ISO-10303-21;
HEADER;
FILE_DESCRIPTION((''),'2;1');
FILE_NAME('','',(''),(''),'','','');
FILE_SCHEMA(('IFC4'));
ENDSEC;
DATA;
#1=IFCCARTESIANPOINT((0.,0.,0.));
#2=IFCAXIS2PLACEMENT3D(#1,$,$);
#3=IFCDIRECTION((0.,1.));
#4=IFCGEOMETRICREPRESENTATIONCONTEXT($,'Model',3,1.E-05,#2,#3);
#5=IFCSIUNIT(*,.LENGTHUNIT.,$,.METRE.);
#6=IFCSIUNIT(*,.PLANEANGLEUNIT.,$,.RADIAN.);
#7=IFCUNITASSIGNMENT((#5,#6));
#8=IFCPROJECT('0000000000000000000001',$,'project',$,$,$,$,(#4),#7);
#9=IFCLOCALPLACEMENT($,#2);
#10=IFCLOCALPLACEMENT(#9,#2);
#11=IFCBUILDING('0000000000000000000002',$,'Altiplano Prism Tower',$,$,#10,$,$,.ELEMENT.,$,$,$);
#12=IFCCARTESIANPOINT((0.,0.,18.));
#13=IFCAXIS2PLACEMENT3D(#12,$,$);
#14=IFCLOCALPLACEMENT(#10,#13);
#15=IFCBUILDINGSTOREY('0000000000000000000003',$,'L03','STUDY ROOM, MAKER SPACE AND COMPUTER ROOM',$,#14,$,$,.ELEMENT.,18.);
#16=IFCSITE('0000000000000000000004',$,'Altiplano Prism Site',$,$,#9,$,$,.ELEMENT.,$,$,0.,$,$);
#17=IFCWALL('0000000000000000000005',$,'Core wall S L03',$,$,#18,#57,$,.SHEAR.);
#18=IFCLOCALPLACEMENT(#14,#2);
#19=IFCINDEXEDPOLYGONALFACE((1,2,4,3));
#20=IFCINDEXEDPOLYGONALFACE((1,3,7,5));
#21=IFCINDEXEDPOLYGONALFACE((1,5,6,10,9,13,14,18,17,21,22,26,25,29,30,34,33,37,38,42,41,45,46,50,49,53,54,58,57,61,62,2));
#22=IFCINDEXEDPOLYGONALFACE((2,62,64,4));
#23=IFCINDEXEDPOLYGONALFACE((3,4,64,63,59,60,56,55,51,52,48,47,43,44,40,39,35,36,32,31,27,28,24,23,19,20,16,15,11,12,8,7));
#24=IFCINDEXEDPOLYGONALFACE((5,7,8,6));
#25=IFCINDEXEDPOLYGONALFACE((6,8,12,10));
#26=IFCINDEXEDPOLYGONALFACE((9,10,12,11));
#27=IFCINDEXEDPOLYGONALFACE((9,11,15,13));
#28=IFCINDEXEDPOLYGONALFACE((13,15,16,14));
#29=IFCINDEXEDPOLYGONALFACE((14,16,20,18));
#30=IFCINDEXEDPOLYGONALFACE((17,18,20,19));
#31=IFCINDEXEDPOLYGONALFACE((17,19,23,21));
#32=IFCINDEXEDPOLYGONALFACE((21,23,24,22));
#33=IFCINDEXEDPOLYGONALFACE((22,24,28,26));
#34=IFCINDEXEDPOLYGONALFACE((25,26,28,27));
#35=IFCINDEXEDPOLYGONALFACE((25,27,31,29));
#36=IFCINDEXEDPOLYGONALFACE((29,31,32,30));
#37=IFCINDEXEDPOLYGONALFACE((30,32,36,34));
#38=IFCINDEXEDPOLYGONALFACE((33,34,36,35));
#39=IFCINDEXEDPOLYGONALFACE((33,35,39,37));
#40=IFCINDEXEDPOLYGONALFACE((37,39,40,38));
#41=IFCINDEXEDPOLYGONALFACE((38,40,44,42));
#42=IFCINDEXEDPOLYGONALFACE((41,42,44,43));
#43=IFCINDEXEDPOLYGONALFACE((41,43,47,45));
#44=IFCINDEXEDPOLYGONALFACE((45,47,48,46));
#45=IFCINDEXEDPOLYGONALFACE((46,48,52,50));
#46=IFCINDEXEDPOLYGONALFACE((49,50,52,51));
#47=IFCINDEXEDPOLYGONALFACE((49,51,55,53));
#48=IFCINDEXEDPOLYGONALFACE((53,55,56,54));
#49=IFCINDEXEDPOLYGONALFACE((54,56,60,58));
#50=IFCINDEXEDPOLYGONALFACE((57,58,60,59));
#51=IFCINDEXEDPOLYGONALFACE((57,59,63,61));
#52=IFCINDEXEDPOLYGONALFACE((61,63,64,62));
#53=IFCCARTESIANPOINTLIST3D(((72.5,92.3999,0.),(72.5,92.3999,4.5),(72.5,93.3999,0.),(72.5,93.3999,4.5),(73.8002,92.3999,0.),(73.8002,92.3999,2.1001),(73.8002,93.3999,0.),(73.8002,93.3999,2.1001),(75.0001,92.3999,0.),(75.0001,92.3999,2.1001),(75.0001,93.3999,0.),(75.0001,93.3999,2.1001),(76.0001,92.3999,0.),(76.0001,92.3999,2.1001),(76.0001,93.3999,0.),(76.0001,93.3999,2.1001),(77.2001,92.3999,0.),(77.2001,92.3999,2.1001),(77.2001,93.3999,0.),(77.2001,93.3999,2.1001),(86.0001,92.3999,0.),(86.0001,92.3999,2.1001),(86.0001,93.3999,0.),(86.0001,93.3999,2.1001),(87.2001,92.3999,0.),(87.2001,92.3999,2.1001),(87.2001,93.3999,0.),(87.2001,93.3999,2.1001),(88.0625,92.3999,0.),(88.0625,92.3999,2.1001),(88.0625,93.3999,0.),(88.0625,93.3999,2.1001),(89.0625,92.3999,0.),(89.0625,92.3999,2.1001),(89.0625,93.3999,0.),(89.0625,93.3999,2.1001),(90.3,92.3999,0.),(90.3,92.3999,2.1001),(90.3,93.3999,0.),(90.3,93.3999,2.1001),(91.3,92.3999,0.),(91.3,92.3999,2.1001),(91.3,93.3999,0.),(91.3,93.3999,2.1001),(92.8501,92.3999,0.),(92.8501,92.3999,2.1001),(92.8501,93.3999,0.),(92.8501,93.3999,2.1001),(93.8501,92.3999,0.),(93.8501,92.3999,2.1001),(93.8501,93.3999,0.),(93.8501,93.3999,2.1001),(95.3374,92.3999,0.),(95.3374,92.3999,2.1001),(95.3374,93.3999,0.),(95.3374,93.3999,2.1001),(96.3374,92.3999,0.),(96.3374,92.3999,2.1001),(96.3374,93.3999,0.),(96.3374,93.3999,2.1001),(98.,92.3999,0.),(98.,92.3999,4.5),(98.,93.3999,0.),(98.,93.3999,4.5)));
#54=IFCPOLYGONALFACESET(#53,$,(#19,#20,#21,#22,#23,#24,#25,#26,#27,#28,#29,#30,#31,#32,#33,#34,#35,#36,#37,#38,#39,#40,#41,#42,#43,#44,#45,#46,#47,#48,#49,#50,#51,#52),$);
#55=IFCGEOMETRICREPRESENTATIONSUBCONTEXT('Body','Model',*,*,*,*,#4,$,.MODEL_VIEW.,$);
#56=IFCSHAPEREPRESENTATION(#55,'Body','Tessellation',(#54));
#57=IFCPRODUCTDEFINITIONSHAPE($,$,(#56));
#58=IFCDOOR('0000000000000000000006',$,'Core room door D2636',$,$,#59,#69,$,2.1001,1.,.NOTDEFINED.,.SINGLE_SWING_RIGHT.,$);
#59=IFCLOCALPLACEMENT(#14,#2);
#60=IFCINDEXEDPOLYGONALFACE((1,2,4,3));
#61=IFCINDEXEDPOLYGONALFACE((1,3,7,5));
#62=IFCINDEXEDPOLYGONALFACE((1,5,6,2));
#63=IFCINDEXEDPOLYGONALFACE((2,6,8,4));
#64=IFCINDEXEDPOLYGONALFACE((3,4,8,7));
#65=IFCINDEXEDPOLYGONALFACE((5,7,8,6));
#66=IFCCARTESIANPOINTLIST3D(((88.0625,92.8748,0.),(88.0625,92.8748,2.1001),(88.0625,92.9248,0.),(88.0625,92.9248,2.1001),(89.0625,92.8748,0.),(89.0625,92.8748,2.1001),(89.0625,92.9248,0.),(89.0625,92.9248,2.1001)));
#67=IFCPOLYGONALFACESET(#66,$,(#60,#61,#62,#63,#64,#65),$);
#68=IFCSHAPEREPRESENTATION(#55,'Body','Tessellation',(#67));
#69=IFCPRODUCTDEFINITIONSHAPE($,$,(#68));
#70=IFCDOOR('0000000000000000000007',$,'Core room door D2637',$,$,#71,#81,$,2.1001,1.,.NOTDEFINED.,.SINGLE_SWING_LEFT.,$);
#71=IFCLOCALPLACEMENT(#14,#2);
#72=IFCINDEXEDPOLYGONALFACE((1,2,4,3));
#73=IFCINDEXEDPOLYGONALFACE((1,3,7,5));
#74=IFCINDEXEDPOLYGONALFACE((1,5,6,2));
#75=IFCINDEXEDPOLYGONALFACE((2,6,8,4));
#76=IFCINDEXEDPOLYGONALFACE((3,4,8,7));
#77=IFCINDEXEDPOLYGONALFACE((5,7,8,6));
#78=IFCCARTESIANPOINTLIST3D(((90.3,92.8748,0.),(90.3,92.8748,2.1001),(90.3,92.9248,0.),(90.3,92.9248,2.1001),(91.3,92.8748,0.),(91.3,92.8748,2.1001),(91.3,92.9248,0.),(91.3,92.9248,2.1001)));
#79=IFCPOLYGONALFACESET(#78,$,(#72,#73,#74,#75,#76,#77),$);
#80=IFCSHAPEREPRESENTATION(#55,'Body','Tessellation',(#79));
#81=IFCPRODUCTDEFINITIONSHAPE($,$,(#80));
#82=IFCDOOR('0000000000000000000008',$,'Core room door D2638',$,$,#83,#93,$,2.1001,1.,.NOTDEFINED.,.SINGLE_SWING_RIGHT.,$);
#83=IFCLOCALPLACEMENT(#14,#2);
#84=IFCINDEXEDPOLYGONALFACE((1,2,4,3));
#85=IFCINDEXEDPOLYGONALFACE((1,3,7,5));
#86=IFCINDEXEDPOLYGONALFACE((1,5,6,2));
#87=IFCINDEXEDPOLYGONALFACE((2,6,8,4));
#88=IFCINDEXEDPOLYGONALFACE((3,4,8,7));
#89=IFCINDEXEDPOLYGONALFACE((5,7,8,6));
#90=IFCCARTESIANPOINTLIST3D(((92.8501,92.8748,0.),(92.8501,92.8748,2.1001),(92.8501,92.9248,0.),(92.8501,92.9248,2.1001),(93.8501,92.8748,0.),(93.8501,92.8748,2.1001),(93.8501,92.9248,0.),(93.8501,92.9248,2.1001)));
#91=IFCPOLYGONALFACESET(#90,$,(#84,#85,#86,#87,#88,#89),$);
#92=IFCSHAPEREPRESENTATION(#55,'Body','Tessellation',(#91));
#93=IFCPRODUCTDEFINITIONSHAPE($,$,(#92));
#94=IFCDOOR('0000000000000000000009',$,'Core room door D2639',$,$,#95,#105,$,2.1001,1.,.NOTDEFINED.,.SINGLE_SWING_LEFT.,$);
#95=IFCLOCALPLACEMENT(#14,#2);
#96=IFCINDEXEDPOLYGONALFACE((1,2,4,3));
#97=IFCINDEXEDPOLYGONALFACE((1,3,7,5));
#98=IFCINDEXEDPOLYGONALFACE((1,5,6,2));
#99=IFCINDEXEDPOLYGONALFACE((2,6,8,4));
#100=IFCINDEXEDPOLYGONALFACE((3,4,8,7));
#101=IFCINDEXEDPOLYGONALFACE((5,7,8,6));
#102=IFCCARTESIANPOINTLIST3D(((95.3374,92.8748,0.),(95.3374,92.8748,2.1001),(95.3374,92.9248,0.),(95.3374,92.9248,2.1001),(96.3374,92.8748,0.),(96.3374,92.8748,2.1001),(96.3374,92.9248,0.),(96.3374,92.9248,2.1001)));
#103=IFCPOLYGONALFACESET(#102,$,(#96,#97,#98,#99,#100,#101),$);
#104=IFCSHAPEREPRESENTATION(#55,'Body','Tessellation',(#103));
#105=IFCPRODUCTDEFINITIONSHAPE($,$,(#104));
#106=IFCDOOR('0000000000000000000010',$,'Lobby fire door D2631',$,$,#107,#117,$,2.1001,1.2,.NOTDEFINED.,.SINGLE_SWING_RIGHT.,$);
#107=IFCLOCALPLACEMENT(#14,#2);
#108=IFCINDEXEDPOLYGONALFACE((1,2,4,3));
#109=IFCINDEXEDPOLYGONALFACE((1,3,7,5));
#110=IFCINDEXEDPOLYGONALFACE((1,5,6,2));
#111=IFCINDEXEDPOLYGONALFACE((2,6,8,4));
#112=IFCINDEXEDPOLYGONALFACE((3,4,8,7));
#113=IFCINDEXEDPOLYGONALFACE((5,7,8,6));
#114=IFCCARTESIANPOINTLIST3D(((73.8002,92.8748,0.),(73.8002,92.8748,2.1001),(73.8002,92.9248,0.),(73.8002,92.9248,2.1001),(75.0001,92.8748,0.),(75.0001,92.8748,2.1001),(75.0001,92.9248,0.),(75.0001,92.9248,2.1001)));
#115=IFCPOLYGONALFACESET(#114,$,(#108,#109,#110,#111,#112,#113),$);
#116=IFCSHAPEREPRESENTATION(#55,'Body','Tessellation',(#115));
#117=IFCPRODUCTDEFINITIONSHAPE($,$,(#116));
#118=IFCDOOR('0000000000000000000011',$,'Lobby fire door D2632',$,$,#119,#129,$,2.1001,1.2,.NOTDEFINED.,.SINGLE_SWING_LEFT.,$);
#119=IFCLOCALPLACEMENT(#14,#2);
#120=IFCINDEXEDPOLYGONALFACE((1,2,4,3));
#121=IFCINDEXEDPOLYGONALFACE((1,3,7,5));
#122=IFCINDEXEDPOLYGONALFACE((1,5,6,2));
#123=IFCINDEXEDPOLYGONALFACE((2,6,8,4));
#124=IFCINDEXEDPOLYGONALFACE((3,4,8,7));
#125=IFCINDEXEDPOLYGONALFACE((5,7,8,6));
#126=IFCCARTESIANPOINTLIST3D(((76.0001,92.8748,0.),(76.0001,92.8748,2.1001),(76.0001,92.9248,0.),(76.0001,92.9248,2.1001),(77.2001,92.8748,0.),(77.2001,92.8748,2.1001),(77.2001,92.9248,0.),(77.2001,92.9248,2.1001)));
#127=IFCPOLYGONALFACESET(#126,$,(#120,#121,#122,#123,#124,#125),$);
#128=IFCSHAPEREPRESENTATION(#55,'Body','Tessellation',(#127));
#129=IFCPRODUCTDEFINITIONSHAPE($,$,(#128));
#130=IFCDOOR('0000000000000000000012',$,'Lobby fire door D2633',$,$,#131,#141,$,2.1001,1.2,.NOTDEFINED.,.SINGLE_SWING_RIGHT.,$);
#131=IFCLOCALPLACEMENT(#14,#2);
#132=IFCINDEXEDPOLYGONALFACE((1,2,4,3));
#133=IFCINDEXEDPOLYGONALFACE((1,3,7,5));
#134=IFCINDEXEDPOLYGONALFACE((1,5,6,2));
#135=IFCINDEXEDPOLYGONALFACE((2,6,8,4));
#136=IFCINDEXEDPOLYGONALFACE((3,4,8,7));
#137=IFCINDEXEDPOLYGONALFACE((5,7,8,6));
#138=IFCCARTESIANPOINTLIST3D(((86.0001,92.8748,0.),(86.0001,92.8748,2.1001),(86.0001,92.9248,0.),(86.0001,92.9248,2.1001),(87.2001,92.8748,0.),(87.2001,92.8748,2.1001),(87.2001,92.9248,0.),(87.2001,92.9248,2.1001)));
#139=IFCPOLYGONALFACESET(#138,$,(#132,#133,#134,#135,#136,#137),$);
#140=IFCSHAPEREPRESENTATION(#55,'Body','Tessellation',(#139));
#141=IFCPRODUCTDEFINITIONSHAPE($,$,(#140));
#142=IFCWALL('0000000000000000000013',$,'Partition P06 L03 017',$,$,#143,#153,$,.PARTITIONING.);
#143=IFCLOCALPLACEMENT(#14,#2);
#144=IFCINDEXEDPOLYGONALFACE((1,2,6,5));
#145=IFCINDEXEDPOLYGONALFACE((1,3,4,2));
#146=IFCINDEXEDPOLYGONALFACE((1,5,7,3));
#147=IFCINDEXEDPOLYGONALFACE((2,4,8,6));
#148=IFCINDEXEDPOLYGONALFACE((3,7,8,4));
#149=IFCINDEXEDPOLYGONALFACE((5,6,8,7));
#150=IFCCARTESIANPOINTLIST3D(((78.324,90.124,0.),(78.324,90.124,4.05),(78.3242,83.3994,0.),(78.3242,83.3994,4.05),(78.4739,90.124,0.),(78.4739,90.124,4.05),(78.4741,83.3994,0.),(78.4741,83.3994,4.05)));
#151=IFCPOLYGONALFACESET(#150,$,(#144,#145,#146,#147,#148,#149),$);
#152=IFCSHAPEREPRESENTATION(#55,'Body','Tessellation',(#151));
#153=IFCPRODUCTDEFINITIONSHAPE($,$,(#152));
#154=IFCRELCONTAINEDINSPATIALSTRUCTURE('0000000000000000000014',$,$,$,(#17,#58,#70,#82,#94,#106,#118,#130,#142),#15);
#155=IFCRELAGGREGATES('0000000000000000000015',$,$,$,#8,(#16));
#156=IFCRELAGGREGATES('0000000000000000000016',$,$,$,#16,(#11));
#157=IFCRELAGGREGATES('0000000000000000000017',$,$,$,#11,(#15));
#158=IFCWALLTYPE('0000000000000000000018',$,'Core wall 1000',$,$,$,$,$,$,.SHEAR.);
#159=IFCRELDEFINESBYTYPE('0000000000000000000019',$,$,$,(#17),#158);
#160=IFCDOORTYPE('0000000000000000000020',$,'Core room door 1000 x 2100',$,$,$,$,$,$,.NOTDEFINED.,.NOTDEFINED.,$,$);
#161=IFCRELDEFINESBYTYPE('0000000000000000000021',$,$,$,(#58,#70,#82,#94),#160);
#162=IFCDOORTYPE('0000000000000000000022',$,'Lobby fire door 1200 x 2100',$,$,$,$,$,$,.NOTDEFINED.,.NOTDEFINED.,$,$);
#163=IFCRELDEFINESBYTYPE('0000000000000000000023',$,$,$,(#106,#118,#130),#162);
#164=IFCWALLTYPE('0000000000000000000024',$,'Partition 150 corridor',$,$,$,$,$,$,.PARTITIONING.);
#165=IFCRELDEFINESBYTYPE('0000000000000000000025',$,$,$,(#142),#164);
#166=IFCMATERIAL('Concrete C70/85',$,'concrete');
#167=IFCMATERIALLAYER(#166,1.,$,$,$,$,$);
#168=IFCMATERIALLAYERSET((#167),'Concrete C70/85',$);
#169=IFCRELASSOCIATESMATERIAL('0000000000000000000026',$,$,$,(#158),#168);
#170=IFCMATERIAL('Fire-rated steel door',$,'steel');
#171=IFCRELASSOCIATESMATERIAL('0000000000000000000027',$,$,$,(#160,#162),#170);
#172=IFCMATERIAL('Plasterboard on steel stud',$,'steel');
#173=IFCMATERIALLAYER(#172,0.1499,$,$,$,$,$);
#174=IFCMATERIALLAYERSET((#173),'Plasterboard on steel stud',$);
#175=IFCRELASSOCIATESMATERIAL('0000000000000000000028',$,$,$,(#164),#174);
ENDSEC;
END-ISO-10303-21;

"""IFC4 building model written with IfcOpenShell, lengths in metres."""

from ifc_helpers import new_model, si_unit, direction, frame, frame_2d, origin, place, context, subcontext, project, spatial, rectangle, extrude, material, layer, layer_set, type_object, element, fill, save


model = new_model("IFC4")

# Units and contexts
model_context = context("Model", 3, precision=1e-05, world=origin(), true_north=direction((0.0, 1.0)))
body_context = subcontext(model_context, "Body", "Model", "MODEL_VIEW")
ifc_project = project(units=[si_unit("LENGTHUNIT", "METRE"), si_unit("PLANEANGLEUNIT", "RADIAN")], contexts=[model_context])

# Site, building, storey
site_placement = place(None, origin())
site = spatial("IfcSite", under=ifc_project, at=site_placement, Name="Altiplano Prism Site", CompositionType="ELEMENT", RefElevation=0.0)
building_placement = place(site_placement, origin())
building = spatial("IfcBuilding", under=site, at=building_placement, Name="Altiplano Prism Tower", CompositionType="ELEMENT")
storey_placement = place(building_placement, frame((0.0, 0.0, 18.0)))
storey = spatial("IfcBuildingStorey", under=building, at=storey_placement, Name="L03", Description="STUDY ROOM, MAKER SPACE AND COMPUTER ROOM", CompositionType="ELEMENT", Elevation=18.0)

# Wall, openings, doors
ifc_material_1 = material(Name="Concrete C70/85", Category="concrete")
ifc_layer_1 = layer(ifc_material_1, 1.0)
ifc_layer_set_1 = layer_set([ifc_layer_1], Name="Concrete C70/85")
wall_type_1 = type_object("IfcWallType", Name="Core wall 1000", PredefinedType="SHEAR", material=ifc_layer_set_1)
wall_1_placement = place(storey_placement, frame((72.5, 92.8999, 0.0), z_axis=(0.0, 0.0, 1.0), x_axis=(1.0, 0.0, 0.0)))
wall_1 = element("IfcWall", 1, at=wall_1_placement, inside=storey, type_object=wall_type_1, Name="Core wall S L03", PredefinedType="SHEAR", context=body_context, shape_type="SweptSolid", body=[
    extrude(rectangle(XDim=25.5, YDim=1.0, at=frame_2d((12.75, 0.0))), origin(), (0.0, 0.0, 1.0), 4.5),
])
opening_1_placement = place(wall_1_placement, frame((1.3, 0.0, 0.0)))
opening_1 = element("IfcOpeningElement", 2, at=opening_1_placement, cuts=wall_1, PredefinedType="OPENING", context=body_context, shape_type="SweptSolid", body=[
    extrude(rectangle(XDim=1.2, YDim=2.1001, at=frame_2d((0.6001, 1.05))), frame((0.0, 0.5105, 0.0), z_axis=(0.0, -1.0, 0.0), x_axis=(1.0, 0.0, 0.0)), (0.0, 0.0, 1.0), 1.021),
])
opening_2_placement = place(wall_1_placement, frame((3.5, 0.0, 0.0)))
opening_2 = element("IfcOpeningElement", 3, at=opening_2_placement, cuts=wall_1, PredefinedType="OPENING", context=body_context, shape_type="SweptSolid", body=[
    extrude(rectangle(XDim=1.2, YDim=2.1001, at=frame_2d((0.6001, 1.05))), frame((0.0, 0.5105, 0.0), z_axis=(0.0, -1.0, 0.0), x_axis=(1.0, 0.0, 0.0)), (0.0, 0.0, 1.0), 1.021),
])
opening_3_placement = place(wall_1_placement, frame((13.5, 0.0, 0.0)))
opening_3 = element("IfcOpeningElement", 4, at=opening_3_placement, cuts=wall_1, PredefinedType="OPENING", context=body_context, shape_type="SweptSolid", body=[
    extrude(rectangle(XDim=1.2, YDim=2.1001, at=frame_2d((0.6001, 1.05))), frame((0.0, 0.5105, 0.0), z_axis=(0.0, -1.0, 0.0), x_axis=(1.0, 0.0, 0.0)), (0.0, 0.0, 1.0), 1.021),
])
opening_4_placement = place(wall_1_placement, frame((15.5625, 0.0, 0.0)))
opening_4 = element("IfcOpeningElement", 5, at=opening_4_placement, cuts=wall_1, PredefinedType="OPENING", context=body_context, shape_type="SweptSolid", body=[
    extrude(rectangle(XDim=1.0, YDim=2.1001, at=frame_2d((0.5, 1.05))), frame((0.0, 0.5105, 0.0), z_axis=(0.0, -1.0, 0.0), x_axis=(1.0, 0.0, 0.0)), (0.0, 0.0, 1.0), 1.021),
])
opening_5_placement = place(wall_1_placement, frame((17.8, 0.0, 0.0)))
opening_5 = element("IfcOpeningElement", 6, at=opening_5_placement, cuts=wall_1, PredefinedType="OPENING", context=body_context, shape_type="SweptSolid", body=[
    extrude(rectangle(XDim=1.0, YDim=2.1001, at=frame_2d((0.5, 1.05))), frame((0.0, 0.5105, 0.0), z_axis=(0.0, -1.0, 0.0), x_axis=(1.0, 0.0, 0.0)), (0.0, 0.0, 1.0), 1.021),
])
opening_6_placement = place(wall_1_placement, frame((20.3501, 0.0, 0.0)))
opening_6 = element("IfcOpeningElement", 7, at=opening_6_placement, cuts=wall_1, PredefinedType="OPENING", context=body_context, shape_type="SweptSolid", body=[
    extrude(rectangle(XDim=1.0, YDim=2.1001, at=frame_2d((0.5, 1.05))), frame((0.0, 0.5105, 0.0), z_axis=(0.0, -1.0, 0.0), x_axis=(1.0, 0.0, 0.0)), (0.0, 0.0, 1.0), 1.021),
])
opening_7_placement = place(wall_1_placement, frame((22.8374, 0.0, 0.0)))
opening_7 = element("IfcOpeningElement", 8, at=opening_7_placement, cuts=wall_1, PredefinedType="OPENING", context=body_context, shape_type="SweptSolid", body=[
    extrude(rectangle(XDim=1.0, YDim=2.1001, at=frame_2d((0.5, 1.05))), frame((0.0, 0.5105, 0.0), z_axis=(0.0, -1.0, 0.0), x_axis=(1.0, 0.0, 0.0)), (0.0, 0.0, 1.0), 1.021),
])
ifc_material_2 = material(Name="Fire-rated steel door", Category="steel")
door_type_1 = type_object("IfcDoorType", Name="Core room door 1000 x 2100", OperationType="NOTDEFINED", PredefinedType="NOTDEFINED", material=ifc_material_2)
door_1_placement = place(opening_4_placement, origin())
door_1 = element("IfcDoor", 9, at=door_1_placement, inside=storey, type_object=door_type_1, Name="Core room door D2636", OperationType="SINGLE_SWING_RIGHT", OverallHeight=2.1001, OverallWidth=1.0, PredefinedType="NOTDEFINED", context=body_context, shape_type="SweptSolid", body=[
    extrude(rectangle(XDim=1.0, YDim=2.1001, at=frame_2d((0.5, 1.05))), frame((0.0, 0.0249, 0.0), z_axis=(0.0, -1.0, 0.0), x_axis=(1.0, 0.0, 0.0)), (0.0, 0.0, 1.0), 0.05),
])
fill(opening_4, door_1)
door_2_placement = place(opening_5_placement, origin())
door_2 = element("IfcDoor", 10, at=door_2_placement, inside=storey, type_object=door_type_1, Name="Core room door D2637", OperationType="SINGLE_SWING_LEFT", OverallHeight=2.1001, OverallWidth=1.0, PredefinedType="NOTDEFINED", context=body_context, shape_type="SweptSolid", body=[
    extrude(rectangle(XDim=1.0, YDim=2.1001, at=frame_2d((0.5, 1.05))), frame((0.0, 0.0249, 0.0), z_axis=(0.0, -1.0, 0.0), x_axis=(1.0, 0.0, 0.0)), (0.0, 0.0, 1.0), 0.05),
])
fill(opening_5, door_2)
door_3_placement = place(opening_6_placement, origin())
door_3 = element("IfcDoor", 11, at=door_3_placement, inside=storey, type_object=door_type_1, Name="Core room door D2638", OperationType="SINGLE_SWING_RIGHT", OverallHeight=2.1001, OverallWidth=1.0, PredefinedType="NOTDEFINED", context=body_context, shape_type="SweptSolid", body=[
    extrude(rectangle(XDim=1.0, YDim=2.1001, at=frame_2d((0.5, 1.05))), frame((0.0, 0.0249, 0.0), z_axis=(0.0, -1.0, 0.0), x_axis=(1.0, 0.0, 0.0)), (0.0, 0.0, 1.0), 0.05),
])
fill(opening_6, door_3)
door_4_placement = place(opening_7_placement, origin())
door_4 = element("IfcDoor", 12, at=door_4_placement, inside=storey, type_object=door_type_1, Name="Core room door D2639", OperationType="SINGLE_SWING_LEFT", OverallHeight=2.1001, OverallWidth=1.0, PredefinedType="NOTDEFINED", context=body_context, shape_type="SweptSolid", body=[
    extrude(rectangle(XDim=1.0, YDim=2.1001, at=frame_2d((0.5, 1.05))), frame((0.0, 0.0249, 0.0), z_axis=(0.0, -1.0, 0.0), x_axis=(1.0, 0.0, 0.0)), (0.0, 0.0, 1.0), 0.05),
])
fill(opening_7, door_4)
door_type_2 = type_object("IfcDoorType", Name="Lobby fire door 1200 x 2100", OperationType="NOTDEFINED", PredefinedType="NOTDEFINED", material=ifc_material_2)
door_5_placement = place(opening_1_placement, origin())
door_5 = element("IfcDoor", 13, at=door_5_placement, inside=storey, type_object=door_type_2, Name="Lobby fire door D2631", OperationType="SINGLE_SWING_RIGHT", OverallHeight=2.1001, OverallWidth=1.2, PredefinedType="NOTDEFINED", context=body_context, shape_type="SweptSolid", body=[
    extrude(rectangle(XDim=1.2, YDim=2.1001, at=frame_2d((0.6001, 1.05))), frame((0.0, 0.0249, 0.0), z_axis=(0.0, -1.0, 0.0), x_axis=(1.0, 0.0, 0.0)), (0.0, 0.0, 1.0), 0.05),
])
fill(opening_1, door_5)
door_6_placement = place(opening_2_placement, origin())
door_6 = element("IfcDoor", 14, at=door_6_placement, inside=storey, type_object=door_type_2, Name="Lobby fire door D2632", OperationType="SINGLE_SWING_LEFT", OverallHeight=2.1001, OverallWidth=1.2, PredefinedType="NOTDEFINED", context=body_context, shape_type="SweptSolid", body=[
    extrude(rectangle(XDim=1.2, YDim=2.1001, at=frame_2d((0.6001, 1.05))), frame((0.0, 0.0249, 0.0), z_axis=(0.0, -1.0, 0.0), x_axis=(1.0, 0.0, 0.0)), (0.0, 0.0, 1.0), 0.05),
])
fill(opening_2, door_6)
door_7_placement = place(opening_3_placement, origin())
door_7 = element("IfcDoor", 15, at=door_7_placement, inside=storey, type_object=door_type_2, Name="Lobby fire door D2633", OperationType="SINGLE_SWING_RIGHT", OverallHeight=2.1001, OverallWidth=1.2, PredefinedType="NOTDEFINED", context=body_context, shape_type="SweptSolid", body=[
    extrude(rectangle(XDim=1.2, YDim=2.1001, at=frame_2d((0.6001, 1.05))), frame((0.0, 0.0249, 0.0), z_axis=(0.0, -1.0, 0.0), x_axis=(1.0, 0.0, 0.0)), (0.0, 0.0, 1.0), 0.05),
])
fill(opening_3, door_7)

# Wall
ifc_material_3 = material(Name="Plasterboard on steel stud", Category="steel")
ifc_layer_2 = layer(ifc_material_3, 0.1499)
ifc_layer_set_2 = layer_set([ifc_layer_2], Name="Plasterboard on steel stud")
wall_type_2 = type_object("IfcWallType", Name="Partition 150 corridor", PredefinedType="PARTITIONING", material=ifc_layer_set_2)
wall_2_placement = place(storey_placement, frame((78.3989, 90.124, 0.0), z_axis=(0.0, 0.0, 1.0), x_axis=(0.000036, -1.0, 0.0)))
element("IfcWall", 16, at=wall_2_placement, inside=storey, type_object=wall_type_2, Name="Partition P06 L03 017", PredefinedType="PARTITIONING", context=body_context, shape_type="SweptSolid", body=[
    extrude(rectangle(XDim=6.7246, YDim=0.1499, at=frame_2d((3.3623, 0.0))), origin(), (0.0, 0.0, 1.0), 4.05),
])

save(model, "model.ifc")
